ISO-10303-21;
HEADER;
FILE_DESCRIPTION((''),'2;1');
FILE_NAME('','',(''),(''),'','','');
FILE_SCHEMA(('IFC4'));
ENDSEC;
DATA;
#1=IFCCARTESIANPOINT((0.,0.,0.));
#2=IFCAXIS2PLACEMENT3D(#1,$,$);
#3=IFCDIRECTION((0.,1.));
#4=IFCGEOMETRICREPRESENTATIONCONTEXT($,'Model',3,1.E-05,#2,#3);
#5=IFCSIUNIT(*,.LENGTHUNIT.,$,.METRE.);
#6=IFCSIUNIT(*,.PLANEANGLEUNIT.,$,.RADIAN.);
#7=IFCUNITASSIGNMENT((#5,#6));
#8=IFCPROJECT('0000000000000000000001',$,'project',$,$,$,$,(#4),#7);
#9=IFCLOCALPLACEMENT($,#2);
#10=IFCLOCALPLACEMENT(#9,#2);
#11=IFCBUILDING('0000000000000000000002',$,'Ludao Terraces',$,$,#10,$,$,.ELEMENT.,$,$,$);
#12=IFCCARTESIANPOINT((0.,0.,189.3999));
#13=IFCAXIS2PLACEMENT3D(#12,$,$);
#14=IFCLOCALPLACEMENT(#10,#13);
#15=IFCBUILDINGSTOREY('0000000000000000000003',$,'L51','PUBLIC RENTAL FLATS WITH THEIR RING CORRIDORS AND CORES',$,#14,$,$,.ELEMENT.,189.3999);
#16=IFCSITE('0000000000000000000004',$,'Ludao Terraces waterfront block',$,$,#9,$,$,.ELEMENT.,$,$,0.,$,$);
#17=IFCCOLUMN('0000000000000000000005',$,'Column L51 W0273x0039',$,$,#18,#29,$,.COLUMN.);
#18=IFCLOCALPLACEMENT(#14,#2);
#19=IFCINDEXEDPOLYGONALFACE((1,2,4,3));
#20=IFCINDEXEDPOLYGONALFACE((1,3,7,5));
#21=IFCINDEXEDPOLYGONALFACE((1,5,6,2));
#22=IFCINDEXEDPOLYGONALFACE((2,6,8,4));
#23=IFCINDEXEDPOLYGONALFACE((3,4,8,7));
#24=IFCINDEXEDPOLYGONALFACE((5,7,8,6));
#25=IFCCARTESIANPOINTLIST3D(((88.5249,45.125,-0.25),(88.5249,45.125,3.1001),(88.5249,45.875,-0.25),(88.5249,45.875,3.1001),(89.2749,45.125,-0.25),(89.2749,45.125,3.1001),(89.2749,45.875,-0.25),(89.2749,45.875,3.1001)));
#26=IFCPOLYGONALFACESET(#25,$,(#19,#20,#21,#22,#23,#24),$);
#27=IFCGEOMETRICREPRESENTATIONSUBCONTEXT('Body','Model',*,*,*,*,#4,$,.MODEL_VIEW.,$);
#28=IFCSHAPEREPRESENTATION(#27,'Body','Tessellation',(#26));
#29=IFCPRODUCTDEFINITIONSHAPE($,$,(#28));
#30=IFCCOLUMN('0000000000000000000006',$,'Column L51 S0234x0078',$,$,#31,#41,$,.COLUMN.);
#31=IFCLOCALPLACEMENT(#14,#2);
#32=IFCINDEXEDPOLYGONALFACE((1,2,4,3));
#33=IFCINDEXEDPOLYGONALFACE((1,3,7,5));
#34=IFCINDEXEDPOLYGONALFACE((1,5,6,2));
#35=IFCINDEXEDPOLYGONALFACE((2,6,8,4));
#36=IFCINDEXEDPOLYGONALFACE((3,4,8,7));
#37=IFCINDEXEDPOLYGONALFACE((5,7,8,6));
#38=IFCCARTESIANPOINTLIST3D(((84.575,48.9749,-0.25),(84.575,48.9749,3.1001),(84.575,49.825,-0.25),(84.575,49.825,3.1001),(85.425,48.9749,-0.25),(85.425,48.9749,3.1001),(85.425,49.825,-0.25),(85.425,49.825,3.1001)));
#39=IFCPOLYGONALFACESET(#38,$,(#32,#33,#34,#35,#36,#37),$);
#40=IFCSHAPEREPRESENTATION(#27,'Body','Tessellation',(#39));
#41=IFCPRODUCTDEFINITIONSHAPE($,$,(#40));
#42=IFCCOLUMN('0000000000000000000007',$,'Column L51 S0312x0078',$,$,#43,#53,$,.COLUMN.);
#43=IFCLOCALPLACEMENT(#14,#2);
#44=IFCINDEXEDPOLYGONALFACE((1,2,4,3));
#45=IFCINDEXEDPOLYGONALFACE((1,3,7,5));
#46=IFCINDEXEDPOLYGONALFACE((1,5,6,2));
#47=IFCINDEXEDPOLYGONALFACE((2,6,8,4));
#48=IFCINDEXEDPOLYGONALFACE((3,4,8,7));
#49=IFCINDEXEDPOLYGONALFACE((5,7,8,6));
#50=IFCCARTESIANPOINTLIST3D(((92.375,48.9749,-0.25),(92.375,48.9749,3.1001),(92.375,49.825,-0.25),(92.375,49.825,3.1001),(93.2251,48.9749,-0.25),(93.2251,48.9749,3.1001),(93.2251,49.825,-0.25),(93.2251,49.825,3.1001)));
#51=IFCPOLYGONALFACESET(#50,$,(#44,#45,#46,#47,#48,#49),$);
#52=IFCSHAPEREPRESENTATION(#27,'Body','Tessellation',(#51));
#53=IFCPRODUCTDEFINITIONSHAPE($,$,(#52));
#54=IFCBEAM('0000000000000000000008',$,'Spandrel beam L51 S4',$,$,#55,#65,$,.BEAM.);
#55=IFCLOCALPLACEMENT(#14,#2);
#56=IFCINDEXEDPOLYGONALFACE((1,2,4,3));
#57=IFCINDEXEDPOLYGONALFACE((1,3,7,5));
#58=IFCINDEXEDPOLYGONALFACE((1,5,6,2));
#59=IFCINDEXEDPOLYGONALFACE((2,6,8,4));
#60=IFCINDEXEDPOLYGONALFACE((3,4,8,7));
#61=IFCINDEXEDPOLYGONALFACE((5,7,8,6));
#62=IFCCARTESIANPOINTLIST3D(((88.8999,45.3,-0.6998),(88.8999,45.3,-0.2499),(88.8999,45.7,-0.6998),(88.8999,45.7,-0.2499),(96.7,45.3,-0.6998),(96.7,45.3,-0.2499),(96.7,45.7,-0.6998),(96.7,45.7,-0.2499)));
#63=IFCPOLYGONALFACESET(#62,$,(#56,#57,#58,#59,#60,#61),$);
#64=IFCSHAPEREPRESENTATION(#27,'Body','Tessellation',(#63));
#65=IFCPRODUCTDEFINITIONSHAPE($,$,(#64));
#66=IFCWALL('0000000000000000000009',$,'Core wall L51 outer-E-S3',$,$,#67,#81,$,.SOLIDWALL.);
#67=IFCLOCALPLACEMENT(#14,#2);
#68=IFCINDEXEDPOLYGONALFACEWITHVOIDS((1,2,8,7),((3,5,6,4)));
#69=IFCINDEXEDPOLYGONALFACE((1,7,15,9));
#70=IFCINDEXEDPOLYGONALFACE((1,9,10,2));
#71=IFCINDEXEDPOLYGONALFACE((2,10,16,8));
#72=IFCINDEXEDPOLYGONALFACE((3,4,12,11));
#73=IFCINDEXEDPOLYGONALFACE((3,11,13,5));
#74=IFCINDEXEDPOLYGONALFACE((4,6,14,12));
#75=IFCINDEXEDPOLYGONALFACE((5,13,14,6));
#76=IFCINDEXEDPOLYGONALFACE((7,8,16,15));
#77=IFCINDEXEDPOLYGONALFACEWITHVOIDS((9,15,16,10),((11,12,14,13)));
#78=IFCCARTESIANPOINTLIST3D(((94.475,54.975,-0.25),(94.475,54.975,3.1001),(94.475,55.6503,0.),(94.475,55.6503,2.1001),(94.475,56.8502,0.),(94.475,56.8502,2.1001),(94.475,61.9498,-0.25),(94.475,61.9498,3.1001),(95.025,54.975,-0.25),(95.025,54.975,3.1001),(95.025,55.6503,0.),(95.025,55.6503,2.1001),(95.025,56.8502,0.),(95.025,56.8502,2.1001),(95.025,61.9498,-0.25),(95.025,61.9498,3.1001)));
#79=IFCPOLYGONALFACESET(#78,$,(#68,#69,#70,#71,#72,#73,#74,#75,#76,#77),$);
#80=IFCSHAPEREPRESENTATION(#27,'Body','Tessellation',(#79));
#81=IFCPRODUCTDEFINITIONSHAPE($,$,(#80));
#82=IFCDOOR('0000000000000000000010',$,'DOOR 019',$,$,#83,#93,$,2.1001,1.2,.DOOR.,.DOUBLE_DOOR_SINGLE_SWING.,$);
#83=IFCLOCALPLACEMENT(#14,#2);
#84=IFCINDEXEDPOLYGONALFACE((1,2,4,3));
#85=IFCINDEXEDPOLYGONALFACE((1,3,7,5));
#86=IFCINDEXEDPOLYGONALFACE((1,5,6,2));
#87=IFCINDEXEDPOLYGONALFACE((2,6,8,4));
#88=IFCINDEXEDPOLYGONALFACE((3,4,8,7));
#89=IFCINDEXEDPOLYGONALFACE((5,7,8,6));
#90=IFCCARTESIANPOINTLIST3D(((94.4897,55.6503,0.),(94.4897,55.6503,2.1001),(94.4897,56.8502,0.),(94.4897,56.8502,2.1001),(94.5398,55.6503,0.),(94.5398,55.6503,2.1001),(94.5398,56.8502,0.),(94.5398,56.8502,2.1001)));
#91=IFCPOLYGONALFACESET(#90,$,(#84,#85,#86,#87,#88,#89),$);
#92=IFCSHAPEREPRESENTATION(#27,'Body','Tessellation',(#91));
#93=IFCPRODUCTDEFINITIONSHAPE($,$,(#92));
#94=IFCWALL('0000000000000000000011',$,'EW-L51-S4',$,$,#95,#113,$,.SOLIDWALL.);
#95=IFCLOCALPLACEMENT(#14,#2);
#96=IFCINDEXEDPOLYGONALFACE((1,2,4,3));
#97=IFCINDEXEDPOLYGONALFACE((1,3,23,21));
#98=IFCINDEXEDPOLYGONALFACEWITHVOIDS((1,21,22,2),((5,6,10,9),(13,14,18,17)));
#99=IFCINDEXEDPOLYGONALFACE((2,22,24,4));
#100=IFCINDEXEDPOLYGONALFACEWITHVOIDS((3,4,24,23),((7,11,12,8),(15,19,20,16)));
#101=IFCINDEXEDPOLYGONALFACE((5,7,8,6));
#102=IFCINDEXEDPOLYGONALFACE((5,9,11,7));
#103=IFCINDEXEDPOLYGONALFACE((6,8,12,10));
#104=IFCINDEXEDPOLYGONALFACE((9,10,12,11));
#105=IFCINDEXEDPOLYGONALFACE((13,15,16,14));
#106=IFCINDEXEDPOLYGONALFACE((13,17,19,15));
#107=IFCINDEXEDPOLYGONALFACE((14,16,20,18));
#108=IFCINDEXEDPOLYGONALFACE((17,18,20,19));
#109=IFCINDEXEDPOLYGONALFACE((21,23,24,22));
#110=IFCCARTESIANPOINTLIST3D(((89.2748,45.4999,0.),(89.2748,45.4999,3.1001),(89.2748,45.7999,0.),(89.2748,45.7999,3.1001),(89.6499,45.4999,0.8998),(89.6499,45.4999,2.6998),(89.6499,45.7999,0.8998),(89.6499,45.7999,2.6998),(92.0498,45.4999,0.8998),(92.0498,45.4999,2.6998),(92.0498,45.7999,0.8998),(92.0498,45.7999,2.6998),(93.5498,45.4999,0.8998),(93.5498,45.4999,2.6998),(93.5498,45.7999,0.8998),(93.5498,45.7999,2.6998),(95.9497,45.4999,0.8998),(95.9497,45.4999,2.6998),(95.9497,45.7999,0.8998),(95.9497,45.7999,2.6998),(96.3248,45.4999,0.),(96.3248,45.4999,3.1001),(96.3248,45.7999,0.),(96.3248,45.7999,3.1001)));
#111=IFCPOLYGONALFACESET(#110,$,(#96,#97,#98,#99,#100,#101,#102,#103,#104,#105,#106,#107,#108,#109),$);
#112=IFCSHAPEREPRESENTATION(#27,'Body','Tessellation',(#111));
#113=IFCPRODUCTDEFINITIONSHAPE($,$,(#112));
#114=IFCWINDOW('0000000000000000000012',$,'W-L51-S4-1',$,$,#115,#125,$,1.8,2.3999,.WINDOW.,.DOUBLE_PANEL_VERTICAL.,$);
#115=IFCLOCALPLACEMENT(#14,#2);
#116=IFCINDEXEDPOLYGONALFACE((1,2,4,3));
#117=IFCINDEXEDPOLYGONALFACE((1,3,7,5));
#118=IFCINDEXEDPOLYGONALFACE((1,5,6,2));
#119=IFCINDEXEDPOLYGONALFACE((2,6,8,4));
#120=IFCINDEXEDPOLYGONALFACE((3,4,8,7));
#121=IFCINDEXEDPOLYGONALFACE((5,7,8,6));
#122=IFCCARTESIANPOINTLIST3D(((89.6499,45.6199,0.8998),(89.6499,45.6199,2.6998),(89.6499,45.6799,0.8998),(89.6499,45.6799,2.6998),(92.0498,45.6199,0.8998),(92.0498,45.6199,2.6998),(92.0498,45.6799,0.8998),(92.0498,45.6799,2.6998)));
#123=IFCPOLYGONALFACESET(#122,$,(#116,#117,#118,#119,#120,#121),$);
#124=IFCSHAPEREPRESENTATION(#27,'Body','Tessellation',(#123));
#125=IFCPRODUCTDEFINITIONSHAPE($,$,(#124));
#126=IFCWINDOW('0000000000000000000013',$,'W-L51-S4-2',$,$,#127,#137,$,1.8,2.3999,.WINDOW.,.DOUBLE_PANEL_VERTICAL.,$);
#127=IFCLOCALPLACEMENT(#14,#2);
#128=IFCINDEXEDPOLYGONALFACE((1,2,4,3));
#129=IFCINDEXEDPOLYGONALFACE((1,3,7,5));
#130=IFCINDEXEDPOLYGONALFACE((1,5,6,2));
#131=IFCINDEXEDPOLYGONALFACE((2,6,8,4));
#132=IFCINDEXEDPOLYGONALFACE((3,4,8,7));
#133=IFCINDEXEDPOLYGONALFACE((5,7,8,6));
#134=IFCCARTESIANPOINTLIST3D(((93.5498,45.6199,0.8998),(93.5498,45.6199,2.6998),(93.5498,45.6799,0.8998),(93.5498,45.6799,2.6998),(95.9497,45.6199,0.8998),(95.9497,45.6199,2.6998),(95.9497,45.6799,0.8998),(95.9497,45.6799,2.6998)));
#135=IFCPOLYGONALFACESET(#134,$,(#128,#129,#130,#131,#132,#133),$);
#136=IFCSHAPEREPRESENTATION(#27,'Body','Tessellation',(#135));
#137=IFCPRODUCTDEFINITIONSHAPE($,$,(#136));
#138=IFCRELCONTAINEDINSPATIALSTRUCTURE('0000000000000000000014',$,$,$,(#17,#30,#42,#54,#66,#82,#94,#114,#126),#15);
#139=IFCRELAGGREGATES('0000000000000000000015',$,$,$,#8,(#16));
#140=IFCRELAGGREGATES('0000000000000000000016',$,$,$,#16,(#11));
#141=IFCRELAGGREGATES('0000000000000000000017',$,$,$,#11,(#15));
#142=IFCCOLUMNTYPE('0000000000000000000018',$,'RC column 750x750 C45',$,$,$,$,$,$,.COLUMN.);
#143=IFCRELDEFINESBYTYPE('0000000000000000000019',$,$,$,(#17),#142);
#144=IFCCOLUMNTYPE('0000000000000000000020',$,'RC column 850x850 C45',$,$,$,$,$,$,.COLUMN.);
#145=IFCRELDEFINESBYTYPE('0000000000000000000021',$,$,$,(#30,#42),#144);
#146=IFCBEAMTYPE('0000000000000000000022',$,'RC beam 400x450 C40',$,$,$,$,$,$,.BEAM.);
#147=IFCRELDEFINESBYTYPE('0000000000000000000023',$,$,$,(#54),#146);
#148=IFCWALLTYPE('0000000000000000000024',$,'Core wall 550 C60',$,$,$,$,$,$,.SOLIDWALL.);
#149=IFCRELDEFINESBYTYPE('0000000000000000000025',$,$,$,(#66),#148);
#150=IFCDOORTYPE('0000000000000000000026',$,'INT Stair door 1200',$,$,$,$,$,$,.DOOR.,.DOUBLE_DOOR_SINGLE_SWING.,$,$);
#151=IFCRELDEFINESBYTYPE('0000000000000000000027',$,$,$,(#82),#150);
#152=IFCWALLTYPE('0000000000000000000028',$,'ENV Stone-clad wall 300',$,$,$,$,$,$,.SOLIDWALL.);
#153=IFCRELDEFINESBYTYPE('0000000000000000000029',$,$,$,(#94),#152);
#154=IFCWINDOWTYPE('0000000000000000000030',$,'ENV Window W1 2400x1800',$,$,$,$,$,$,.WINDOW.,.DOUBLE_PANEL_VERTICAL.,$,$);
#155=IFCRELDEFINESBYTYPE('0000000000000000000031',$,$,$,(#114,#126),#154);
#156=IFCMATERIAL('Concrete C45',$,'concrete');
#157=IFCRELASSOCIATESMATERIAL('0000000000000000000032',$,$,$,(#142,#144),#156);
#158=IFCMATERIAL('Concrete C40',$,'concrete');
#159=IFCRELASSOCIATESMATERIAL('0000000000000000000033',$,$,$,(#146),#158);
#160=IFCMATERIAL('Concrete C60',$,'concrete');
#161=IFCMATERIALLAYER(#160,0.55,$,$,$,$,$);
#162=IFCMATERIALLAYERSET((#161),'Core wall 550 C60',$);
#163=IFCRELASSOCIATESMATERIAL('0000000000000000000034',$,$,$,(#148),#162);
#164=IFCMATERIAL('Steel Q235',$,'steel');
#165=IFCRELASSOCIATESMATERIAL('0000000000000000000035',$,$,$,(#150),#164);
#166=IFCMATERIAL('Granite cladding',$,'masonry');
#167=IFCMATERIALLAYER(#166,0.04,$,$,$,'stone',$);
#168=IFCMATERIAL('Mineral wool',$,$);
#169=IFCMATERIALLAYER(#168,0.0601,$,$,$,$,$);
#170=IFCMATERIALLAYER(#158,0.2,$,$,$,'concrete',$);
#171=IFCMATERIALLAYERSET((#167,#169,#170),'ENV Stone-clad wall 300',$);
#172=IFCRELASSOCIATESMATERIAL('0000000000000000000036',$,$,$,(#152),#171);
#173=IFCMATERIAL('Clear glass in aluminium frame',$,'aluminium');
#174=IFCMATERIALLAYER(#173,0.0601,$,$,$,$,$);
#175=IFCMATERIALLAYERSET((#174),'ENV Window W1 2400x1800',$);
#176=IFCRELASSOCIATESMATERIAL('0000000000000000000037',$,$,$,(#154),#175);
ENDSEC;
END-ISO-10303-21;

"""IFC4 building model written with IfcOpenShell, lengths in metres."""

from ifc_helpers import new_model, si_unit, direction, frame, frame_2d, origin, origin_2d, place, context, subcontext, project, spatial, rectangle, extrude, material, layer, layer_set, material_profile, profile_set, type_object, element, fill, save


model = new_model("IFC4")

# Units and contexts
model_context = context("Model", 3, precision=1e-05, world=origin(), true_north=direction((0.0, 1.0)))
body_context = subcontext(model_context, "Body", "Model", "MODEL_VIEW")
ifc_project = project(units=[si_unit("LENGTHUNIT", "METRE"), si_unit("PLANEANGLEUNIT", "RADIAN")], contexts=[model_context])

# Site, building, storey
site_placement = place(None, origin())
site = spatial("IfcSite", under=ifc_project, at=site_placement, Name="Ludao Terraces waterfront block", CompositionType="ELEMENT", RefElevation=0.0)
building_placement = place(site_placement, origin())
building = spatial("IfcBuilding", under=site, at=building_placement, Name="Ludao Terraces", CompositionType="ELEMENT")
storey_placement = place(building_placement, frame((0.0, 0.0, 189.3999)))
storey = spatial("IfcBuildingStorey", under=building, at=storey_placement, Name="L51", Description="PUBLIC RENTAL FLATS WITH THEIR RING CORRIDORS AND CORES", CompositionType="ELEMENT", Elevation=189.3999)

# Columns
ifc_material_1 = material(Name="Concrete C45", Category="concrete")
ifc_material_profile_1 = material_profile(ifc_material_1, rectangle(XDim=0.75, YDim=0.75, at=origin_2d()), Name="750 X 750")
ifc_profile_set_1 = profile_set([ifc_material_profile_1], Name="Concrete C45")
column_type_1 = type_object("IfcColumnType", Name="RC column 750x750 C45", PredefinedType="COLUMN", material=ifc_profile_set_1)
column_placement = place(storey_placement, frame((88.8999, 45.5, -0.25), z_axis=(0.0, 0.0, 1.0), x_axis=(1.0, 0.0, 0.0)))
element("IfcColumn", 1, at=column_placement, inside=storey, type_object=column_type_1, Name="Column L51 W0273x0039", PredefinedType="COLUMN", context=body_context, shape_type="SweptSolid", body=[
    extrude(rectangle(XDim=0.75, YDim=0.75, at=origin_2d()), origin(), (0.0, 0.0, 1.0), 3.3501),
])
ifc_material_profile_2 = material_profile(ifc_material_1, rectangle(XDim=0.8501, YDim=0.8501, at=origin_2d()), Name="850 X 850")
ifc_profile_set_2 = profile_set([ifc_material_profile_2], Name="Concrete C45")
column_type_2 = type_object("IfcColumnType", Name="RC column 850x850 C45", PredefinedType="COLUMN", material=ifc_profile_set_2)
for number, where, z_axis, x_axis, name in (
    (2, (85.0, 49.3999, -0.25), (0.0, 0.0, 1.0), (1.0, 0.0, 0.0), "Column L51 S0234x0078"),
    (3, (92.8, 49.3999, -0.25), (0.0, 0.0, 1.0), (1.0, 0.0, 0.0), "Column L51 S0312x0078"),
):
    element("IfcColumn", number, at=place(storey_placement, frame(where, z_axis=z_axis, x_axis=x_axis)), inside=storey, type_object=column_type_2, Name=name, PredefinedType="COLUMN", context=body_context, shape_type="SweptSolid", body=[
        extrude(rectangle(XDim=0.8501, YDim=0.8501, at=origin_2d()), origin(), (0.0, 0.0, 1.0), 3.3501),
    ])

# Beam
ifc_material_2 = material(Name="Concrete C40", Category="concrete")
ifc_material_profile_3 = material_profile(ifc_material_2, rectangle(XDim=0.3999, YDim=0.45, at=origin_2d()), Name="400 X 450")
ifc_profile_set_3 = profile_set([ifc_material_profile_3], Name="Concrete C40")
beam_type = type_object("IfcBeamType", Name="RC beam 400x450 C40", PredefinedType="BEAM", material=ifc_profile_set_3)
beam_placement = place(storey_placement, frame((88.8999, 45.5, -0.4749), z_axis=(1.0, 0.0, 0.0), x_axis=(0.0, 1.0, 0.0)))
element("IfcBeam", 4, at=beam_placement, inside=storey, type_object=beam_type, Name="Spandrel beam L51 S4", PredefinedType="BEAM", context=body_context, shape_type="SweptSolid", body=[
    extrude(rectangle(XDim=0.3999, YDim=0.45, at=origin_2d()), origin(), (0.0, 0.0, 1.0), 7.8),
])

# Wall, opening, door
ifc_material_3 = material(Name="Concrete C60", Category="concrete")
ifc_layer_1 = layer(ifc_material_3, 0.55)
ifc_layer_set_1 = layer_set([ifc_layer_1], Name="Core wall 550 C60")
wall_type_1 = type_object("IfcWallType", Name="Core wall 550 C60", PredefinedType="SOLIDWALL", material=ifc_layer_set_1)
wall_1_placement = place(storey_placement, frame((94.75, 54.9751, -0.25), z_axis=(0.0, 0.0, 1.0), x_axis=(0.0, 1.0, 0.0)))
wall_1 = element("IfcWall", 5, at=wall_1_placement, inside=storey, type_object=wall_type_1, Name="Core wall L51 outer-E-S3", PredefinedType="SOLIDWALL", context=body_context, shape_type="SweptSolid", body=[
    extrude(rectangle(XDim=6.9749, YDim=0.55, at=frame_2d((3.4873, 0.0))), origin(), (0.0, 0.0, 1.0), 3.3501),
])
opening_1_placement = place(wall_1_placement, frame((0.675, 0.0, 0.25)))
opening_1 = element("IfcOpeningElement", 6, at=opening_1_placement, cuts=wall_1, PredefinedType="OPENING", context=body_context, shape_type="SweptSolid", body=[
    extrude(rectangle(XDim=1.2, YDim=2.1001, at=frame_2d((0.6001, 1.05))), frame((0.0, 0.2852, 0.0), z_axis=(0.0, -1.0, 0.0), x_axis=(1.0, 0.0, 0.0)), (0.0, 0.0, 1.0), 0.5701),
])
ifc_material_4 = material(Name="Steel Q235", Category="steel")
door_type_1 = type_object("IfcDoorType", Name="INT Stair door 1200", OperationType="DOUBLE_DOOR_SINGLE_SWING", PredefinedType="DOOR", material=ifc_material_4)
door_1_placement = place(opening_1_placement, origin())
door_1 = element("IfcDoor", 7, at=door_1_placement, inside=storey, type_object=door_type_1, Name="DOOR 019", OperationType="DOUBLE_DOOR_SINGLE_SWING", OverallHeight=2.1001, OverallWidth=1.2, PredefinedType="DOOR", context=body_context, shape_type="SweptSolid", body=[
    extrude(rectangle(XDim=1.2, YDim=2.1001, at=frame_2d((0.6001, 1.05))), frame((0.0, 0.2603, 0.0), z_axis=(0.0, -1.0, 0.0), x_axis=(1.0, 0.0, 0.0)), (0.0, 0.0, 1.0), 0.05),
])
fill(opening_1, door_1)

# Wall, openings, windows
ifc_material_5 = material(Name="Granite cladding", Category="masonry")
ifc_layer_2 = layer(ifc_material_5, 0.04, Category="stone")
ifc_material_6 = material(Name="Mineral wool")
ifc_layer_3 = layer(ifc_material_6, 0.0601)
ifc_layer_4 = layer(ifc_material_2, 0.2, Category="concrete")
ifc_layer_set_2 = layer_set([ifc_layer_2, ifc_layer_3, ifc_layer_4], Name="ENV Stone-clad wall 300")
wall_type_2 = type_object("IfcWallType", Name="ENV Stone-clad wall 300", PredefinedType="SOLIDWALL", material=ifc_layer_set_2)
wall_2_placement = place(storey_placement, frame((89.2749, 45.6499, 0.0), z_axis=(0.0, 0.0, 1.0), x_axis=(1.0, 0.0, 0.0)))
wall_2 = element("IfcWall", 8, at=wall_2_placement, inside=storey, type_object=wall_type_2, Name="EW-L51-S4", PredefinedType="SOLIDWALL", context=body_context, shape_type="SweptSolid", body=[
    extrude(rectangle(XDim=7.05, YDim=0.3, at=frame_2d((3.5249, 0.0))), origin(), (0.0, 0.0, 1.0), 3.1001),
])
opening_2_placement = place(wall_2_placement, frame((0.375, 0.0, 0.8999)))
opening_2 = element("IfcOpeningElement", 9, at=opening_2_placement, cuts=wall_2, PredefinedType="OPENING", context=body_context, shape_type="SweptSolid", body=[
    extrude(rectangle(XDim=2.3999, YDim=1.8, at=frame_2d((1.2, 0.8999))), frame((0.0, 0.1602, 0.0), z_axis=(0.0, -1.0, 0.0), x_axis=(1.0, 0.0, 0.0)), (0.0, 0.0, 1.0), 0.3201),
])
opening_3_placement = place(wall_2_placement, frame((4.2749, 0.0, 0.8999)))
opening_3 = element("IfcOpeningElement", 10, at=opening_3_placement, cuts=wall_2, PredefinedType="OPENING", context=body_context, shape_type="SweptSolid", body=[
    extrude(rectangle(XDim=2.3999, YDim=1.8, at=frame_2d((1.2, 0.8999))), frame((0.0, 0.1602, 0.0), z_axis=(0.0, -1.0, 0.0), x_axis=(1.0, 0.0, 0.0)), (0.0, 0.0, 1.0), 0.3201),
])
ifc_material_7 = material(Name="Clear glass in aluminium frame", Category="aluminium")
ifc_layer_5 = layer(ifc_material_7, 0.0601)
ifc_layer_set_3 = layer_set([ifc_layer_5], Name="ENV Window W1 2400x1800")
window_type = type_object("IfcWindowType", Name="ENV Window W1 2400x1800", PartitioningType="DOUBLE_PANEL_VERTICAL", PredefinedType="WINDOW", material=ifc_layer_set_3)
window_1_placement = place(opening_2_placement, origin())
window_1 = element("IfcWindow", 11, at=window_1_placement, inside=storey, type_object=window_type, Name="W-L51-S4-1", OverallHeight=1.8, OverallWidth=2.3999, PartitioningType="DOUBLE_PANEL_VERTICAL", PredefinedType="WINDOW", context=body_context, shape_type="SweptSolid", body=[
    extrude(rectangle(XDim=2.3999, YDim=1.8, at=frame_2d((1.2, 0.8999))), frame((0.0, 0.03, 0.0), z_axis=(0.0, -1.0, 0.0), x_axis=(1.0, 0.0, 0.0)), (0.0, 0.0, 1.0), 0.0601),
])
fill(opening_2, window_1)
window_2_placement = place(opening_3_placement, origin())
window_2 = element("IfcWindow", 12, at=window_2_placement, inside=storey, type_object=window_type, Name="W-L51-S4-2", OverallHeight=1.8, OverallWidth=2.3999, PartitioningType="DOUBLE_PANEL_VERTICAL", PredefinedType="WINDOW", context=body_context, shape_type="SweptSolid", body=[
    extrude(rectangle(XDim=2.3999, YDim=1.8, at=frame_2d((1.2, 0.8999))), frame((0.0, 0.03, 0.0), z_axis=(0.0, -1.0, 0.0), x_axis=(1.0, 0.0, 0.0)), (0.0, 0.0, 1.0), 0.0601),
])
fill(opening_3, window_2)

save(model, "model.ifc")
